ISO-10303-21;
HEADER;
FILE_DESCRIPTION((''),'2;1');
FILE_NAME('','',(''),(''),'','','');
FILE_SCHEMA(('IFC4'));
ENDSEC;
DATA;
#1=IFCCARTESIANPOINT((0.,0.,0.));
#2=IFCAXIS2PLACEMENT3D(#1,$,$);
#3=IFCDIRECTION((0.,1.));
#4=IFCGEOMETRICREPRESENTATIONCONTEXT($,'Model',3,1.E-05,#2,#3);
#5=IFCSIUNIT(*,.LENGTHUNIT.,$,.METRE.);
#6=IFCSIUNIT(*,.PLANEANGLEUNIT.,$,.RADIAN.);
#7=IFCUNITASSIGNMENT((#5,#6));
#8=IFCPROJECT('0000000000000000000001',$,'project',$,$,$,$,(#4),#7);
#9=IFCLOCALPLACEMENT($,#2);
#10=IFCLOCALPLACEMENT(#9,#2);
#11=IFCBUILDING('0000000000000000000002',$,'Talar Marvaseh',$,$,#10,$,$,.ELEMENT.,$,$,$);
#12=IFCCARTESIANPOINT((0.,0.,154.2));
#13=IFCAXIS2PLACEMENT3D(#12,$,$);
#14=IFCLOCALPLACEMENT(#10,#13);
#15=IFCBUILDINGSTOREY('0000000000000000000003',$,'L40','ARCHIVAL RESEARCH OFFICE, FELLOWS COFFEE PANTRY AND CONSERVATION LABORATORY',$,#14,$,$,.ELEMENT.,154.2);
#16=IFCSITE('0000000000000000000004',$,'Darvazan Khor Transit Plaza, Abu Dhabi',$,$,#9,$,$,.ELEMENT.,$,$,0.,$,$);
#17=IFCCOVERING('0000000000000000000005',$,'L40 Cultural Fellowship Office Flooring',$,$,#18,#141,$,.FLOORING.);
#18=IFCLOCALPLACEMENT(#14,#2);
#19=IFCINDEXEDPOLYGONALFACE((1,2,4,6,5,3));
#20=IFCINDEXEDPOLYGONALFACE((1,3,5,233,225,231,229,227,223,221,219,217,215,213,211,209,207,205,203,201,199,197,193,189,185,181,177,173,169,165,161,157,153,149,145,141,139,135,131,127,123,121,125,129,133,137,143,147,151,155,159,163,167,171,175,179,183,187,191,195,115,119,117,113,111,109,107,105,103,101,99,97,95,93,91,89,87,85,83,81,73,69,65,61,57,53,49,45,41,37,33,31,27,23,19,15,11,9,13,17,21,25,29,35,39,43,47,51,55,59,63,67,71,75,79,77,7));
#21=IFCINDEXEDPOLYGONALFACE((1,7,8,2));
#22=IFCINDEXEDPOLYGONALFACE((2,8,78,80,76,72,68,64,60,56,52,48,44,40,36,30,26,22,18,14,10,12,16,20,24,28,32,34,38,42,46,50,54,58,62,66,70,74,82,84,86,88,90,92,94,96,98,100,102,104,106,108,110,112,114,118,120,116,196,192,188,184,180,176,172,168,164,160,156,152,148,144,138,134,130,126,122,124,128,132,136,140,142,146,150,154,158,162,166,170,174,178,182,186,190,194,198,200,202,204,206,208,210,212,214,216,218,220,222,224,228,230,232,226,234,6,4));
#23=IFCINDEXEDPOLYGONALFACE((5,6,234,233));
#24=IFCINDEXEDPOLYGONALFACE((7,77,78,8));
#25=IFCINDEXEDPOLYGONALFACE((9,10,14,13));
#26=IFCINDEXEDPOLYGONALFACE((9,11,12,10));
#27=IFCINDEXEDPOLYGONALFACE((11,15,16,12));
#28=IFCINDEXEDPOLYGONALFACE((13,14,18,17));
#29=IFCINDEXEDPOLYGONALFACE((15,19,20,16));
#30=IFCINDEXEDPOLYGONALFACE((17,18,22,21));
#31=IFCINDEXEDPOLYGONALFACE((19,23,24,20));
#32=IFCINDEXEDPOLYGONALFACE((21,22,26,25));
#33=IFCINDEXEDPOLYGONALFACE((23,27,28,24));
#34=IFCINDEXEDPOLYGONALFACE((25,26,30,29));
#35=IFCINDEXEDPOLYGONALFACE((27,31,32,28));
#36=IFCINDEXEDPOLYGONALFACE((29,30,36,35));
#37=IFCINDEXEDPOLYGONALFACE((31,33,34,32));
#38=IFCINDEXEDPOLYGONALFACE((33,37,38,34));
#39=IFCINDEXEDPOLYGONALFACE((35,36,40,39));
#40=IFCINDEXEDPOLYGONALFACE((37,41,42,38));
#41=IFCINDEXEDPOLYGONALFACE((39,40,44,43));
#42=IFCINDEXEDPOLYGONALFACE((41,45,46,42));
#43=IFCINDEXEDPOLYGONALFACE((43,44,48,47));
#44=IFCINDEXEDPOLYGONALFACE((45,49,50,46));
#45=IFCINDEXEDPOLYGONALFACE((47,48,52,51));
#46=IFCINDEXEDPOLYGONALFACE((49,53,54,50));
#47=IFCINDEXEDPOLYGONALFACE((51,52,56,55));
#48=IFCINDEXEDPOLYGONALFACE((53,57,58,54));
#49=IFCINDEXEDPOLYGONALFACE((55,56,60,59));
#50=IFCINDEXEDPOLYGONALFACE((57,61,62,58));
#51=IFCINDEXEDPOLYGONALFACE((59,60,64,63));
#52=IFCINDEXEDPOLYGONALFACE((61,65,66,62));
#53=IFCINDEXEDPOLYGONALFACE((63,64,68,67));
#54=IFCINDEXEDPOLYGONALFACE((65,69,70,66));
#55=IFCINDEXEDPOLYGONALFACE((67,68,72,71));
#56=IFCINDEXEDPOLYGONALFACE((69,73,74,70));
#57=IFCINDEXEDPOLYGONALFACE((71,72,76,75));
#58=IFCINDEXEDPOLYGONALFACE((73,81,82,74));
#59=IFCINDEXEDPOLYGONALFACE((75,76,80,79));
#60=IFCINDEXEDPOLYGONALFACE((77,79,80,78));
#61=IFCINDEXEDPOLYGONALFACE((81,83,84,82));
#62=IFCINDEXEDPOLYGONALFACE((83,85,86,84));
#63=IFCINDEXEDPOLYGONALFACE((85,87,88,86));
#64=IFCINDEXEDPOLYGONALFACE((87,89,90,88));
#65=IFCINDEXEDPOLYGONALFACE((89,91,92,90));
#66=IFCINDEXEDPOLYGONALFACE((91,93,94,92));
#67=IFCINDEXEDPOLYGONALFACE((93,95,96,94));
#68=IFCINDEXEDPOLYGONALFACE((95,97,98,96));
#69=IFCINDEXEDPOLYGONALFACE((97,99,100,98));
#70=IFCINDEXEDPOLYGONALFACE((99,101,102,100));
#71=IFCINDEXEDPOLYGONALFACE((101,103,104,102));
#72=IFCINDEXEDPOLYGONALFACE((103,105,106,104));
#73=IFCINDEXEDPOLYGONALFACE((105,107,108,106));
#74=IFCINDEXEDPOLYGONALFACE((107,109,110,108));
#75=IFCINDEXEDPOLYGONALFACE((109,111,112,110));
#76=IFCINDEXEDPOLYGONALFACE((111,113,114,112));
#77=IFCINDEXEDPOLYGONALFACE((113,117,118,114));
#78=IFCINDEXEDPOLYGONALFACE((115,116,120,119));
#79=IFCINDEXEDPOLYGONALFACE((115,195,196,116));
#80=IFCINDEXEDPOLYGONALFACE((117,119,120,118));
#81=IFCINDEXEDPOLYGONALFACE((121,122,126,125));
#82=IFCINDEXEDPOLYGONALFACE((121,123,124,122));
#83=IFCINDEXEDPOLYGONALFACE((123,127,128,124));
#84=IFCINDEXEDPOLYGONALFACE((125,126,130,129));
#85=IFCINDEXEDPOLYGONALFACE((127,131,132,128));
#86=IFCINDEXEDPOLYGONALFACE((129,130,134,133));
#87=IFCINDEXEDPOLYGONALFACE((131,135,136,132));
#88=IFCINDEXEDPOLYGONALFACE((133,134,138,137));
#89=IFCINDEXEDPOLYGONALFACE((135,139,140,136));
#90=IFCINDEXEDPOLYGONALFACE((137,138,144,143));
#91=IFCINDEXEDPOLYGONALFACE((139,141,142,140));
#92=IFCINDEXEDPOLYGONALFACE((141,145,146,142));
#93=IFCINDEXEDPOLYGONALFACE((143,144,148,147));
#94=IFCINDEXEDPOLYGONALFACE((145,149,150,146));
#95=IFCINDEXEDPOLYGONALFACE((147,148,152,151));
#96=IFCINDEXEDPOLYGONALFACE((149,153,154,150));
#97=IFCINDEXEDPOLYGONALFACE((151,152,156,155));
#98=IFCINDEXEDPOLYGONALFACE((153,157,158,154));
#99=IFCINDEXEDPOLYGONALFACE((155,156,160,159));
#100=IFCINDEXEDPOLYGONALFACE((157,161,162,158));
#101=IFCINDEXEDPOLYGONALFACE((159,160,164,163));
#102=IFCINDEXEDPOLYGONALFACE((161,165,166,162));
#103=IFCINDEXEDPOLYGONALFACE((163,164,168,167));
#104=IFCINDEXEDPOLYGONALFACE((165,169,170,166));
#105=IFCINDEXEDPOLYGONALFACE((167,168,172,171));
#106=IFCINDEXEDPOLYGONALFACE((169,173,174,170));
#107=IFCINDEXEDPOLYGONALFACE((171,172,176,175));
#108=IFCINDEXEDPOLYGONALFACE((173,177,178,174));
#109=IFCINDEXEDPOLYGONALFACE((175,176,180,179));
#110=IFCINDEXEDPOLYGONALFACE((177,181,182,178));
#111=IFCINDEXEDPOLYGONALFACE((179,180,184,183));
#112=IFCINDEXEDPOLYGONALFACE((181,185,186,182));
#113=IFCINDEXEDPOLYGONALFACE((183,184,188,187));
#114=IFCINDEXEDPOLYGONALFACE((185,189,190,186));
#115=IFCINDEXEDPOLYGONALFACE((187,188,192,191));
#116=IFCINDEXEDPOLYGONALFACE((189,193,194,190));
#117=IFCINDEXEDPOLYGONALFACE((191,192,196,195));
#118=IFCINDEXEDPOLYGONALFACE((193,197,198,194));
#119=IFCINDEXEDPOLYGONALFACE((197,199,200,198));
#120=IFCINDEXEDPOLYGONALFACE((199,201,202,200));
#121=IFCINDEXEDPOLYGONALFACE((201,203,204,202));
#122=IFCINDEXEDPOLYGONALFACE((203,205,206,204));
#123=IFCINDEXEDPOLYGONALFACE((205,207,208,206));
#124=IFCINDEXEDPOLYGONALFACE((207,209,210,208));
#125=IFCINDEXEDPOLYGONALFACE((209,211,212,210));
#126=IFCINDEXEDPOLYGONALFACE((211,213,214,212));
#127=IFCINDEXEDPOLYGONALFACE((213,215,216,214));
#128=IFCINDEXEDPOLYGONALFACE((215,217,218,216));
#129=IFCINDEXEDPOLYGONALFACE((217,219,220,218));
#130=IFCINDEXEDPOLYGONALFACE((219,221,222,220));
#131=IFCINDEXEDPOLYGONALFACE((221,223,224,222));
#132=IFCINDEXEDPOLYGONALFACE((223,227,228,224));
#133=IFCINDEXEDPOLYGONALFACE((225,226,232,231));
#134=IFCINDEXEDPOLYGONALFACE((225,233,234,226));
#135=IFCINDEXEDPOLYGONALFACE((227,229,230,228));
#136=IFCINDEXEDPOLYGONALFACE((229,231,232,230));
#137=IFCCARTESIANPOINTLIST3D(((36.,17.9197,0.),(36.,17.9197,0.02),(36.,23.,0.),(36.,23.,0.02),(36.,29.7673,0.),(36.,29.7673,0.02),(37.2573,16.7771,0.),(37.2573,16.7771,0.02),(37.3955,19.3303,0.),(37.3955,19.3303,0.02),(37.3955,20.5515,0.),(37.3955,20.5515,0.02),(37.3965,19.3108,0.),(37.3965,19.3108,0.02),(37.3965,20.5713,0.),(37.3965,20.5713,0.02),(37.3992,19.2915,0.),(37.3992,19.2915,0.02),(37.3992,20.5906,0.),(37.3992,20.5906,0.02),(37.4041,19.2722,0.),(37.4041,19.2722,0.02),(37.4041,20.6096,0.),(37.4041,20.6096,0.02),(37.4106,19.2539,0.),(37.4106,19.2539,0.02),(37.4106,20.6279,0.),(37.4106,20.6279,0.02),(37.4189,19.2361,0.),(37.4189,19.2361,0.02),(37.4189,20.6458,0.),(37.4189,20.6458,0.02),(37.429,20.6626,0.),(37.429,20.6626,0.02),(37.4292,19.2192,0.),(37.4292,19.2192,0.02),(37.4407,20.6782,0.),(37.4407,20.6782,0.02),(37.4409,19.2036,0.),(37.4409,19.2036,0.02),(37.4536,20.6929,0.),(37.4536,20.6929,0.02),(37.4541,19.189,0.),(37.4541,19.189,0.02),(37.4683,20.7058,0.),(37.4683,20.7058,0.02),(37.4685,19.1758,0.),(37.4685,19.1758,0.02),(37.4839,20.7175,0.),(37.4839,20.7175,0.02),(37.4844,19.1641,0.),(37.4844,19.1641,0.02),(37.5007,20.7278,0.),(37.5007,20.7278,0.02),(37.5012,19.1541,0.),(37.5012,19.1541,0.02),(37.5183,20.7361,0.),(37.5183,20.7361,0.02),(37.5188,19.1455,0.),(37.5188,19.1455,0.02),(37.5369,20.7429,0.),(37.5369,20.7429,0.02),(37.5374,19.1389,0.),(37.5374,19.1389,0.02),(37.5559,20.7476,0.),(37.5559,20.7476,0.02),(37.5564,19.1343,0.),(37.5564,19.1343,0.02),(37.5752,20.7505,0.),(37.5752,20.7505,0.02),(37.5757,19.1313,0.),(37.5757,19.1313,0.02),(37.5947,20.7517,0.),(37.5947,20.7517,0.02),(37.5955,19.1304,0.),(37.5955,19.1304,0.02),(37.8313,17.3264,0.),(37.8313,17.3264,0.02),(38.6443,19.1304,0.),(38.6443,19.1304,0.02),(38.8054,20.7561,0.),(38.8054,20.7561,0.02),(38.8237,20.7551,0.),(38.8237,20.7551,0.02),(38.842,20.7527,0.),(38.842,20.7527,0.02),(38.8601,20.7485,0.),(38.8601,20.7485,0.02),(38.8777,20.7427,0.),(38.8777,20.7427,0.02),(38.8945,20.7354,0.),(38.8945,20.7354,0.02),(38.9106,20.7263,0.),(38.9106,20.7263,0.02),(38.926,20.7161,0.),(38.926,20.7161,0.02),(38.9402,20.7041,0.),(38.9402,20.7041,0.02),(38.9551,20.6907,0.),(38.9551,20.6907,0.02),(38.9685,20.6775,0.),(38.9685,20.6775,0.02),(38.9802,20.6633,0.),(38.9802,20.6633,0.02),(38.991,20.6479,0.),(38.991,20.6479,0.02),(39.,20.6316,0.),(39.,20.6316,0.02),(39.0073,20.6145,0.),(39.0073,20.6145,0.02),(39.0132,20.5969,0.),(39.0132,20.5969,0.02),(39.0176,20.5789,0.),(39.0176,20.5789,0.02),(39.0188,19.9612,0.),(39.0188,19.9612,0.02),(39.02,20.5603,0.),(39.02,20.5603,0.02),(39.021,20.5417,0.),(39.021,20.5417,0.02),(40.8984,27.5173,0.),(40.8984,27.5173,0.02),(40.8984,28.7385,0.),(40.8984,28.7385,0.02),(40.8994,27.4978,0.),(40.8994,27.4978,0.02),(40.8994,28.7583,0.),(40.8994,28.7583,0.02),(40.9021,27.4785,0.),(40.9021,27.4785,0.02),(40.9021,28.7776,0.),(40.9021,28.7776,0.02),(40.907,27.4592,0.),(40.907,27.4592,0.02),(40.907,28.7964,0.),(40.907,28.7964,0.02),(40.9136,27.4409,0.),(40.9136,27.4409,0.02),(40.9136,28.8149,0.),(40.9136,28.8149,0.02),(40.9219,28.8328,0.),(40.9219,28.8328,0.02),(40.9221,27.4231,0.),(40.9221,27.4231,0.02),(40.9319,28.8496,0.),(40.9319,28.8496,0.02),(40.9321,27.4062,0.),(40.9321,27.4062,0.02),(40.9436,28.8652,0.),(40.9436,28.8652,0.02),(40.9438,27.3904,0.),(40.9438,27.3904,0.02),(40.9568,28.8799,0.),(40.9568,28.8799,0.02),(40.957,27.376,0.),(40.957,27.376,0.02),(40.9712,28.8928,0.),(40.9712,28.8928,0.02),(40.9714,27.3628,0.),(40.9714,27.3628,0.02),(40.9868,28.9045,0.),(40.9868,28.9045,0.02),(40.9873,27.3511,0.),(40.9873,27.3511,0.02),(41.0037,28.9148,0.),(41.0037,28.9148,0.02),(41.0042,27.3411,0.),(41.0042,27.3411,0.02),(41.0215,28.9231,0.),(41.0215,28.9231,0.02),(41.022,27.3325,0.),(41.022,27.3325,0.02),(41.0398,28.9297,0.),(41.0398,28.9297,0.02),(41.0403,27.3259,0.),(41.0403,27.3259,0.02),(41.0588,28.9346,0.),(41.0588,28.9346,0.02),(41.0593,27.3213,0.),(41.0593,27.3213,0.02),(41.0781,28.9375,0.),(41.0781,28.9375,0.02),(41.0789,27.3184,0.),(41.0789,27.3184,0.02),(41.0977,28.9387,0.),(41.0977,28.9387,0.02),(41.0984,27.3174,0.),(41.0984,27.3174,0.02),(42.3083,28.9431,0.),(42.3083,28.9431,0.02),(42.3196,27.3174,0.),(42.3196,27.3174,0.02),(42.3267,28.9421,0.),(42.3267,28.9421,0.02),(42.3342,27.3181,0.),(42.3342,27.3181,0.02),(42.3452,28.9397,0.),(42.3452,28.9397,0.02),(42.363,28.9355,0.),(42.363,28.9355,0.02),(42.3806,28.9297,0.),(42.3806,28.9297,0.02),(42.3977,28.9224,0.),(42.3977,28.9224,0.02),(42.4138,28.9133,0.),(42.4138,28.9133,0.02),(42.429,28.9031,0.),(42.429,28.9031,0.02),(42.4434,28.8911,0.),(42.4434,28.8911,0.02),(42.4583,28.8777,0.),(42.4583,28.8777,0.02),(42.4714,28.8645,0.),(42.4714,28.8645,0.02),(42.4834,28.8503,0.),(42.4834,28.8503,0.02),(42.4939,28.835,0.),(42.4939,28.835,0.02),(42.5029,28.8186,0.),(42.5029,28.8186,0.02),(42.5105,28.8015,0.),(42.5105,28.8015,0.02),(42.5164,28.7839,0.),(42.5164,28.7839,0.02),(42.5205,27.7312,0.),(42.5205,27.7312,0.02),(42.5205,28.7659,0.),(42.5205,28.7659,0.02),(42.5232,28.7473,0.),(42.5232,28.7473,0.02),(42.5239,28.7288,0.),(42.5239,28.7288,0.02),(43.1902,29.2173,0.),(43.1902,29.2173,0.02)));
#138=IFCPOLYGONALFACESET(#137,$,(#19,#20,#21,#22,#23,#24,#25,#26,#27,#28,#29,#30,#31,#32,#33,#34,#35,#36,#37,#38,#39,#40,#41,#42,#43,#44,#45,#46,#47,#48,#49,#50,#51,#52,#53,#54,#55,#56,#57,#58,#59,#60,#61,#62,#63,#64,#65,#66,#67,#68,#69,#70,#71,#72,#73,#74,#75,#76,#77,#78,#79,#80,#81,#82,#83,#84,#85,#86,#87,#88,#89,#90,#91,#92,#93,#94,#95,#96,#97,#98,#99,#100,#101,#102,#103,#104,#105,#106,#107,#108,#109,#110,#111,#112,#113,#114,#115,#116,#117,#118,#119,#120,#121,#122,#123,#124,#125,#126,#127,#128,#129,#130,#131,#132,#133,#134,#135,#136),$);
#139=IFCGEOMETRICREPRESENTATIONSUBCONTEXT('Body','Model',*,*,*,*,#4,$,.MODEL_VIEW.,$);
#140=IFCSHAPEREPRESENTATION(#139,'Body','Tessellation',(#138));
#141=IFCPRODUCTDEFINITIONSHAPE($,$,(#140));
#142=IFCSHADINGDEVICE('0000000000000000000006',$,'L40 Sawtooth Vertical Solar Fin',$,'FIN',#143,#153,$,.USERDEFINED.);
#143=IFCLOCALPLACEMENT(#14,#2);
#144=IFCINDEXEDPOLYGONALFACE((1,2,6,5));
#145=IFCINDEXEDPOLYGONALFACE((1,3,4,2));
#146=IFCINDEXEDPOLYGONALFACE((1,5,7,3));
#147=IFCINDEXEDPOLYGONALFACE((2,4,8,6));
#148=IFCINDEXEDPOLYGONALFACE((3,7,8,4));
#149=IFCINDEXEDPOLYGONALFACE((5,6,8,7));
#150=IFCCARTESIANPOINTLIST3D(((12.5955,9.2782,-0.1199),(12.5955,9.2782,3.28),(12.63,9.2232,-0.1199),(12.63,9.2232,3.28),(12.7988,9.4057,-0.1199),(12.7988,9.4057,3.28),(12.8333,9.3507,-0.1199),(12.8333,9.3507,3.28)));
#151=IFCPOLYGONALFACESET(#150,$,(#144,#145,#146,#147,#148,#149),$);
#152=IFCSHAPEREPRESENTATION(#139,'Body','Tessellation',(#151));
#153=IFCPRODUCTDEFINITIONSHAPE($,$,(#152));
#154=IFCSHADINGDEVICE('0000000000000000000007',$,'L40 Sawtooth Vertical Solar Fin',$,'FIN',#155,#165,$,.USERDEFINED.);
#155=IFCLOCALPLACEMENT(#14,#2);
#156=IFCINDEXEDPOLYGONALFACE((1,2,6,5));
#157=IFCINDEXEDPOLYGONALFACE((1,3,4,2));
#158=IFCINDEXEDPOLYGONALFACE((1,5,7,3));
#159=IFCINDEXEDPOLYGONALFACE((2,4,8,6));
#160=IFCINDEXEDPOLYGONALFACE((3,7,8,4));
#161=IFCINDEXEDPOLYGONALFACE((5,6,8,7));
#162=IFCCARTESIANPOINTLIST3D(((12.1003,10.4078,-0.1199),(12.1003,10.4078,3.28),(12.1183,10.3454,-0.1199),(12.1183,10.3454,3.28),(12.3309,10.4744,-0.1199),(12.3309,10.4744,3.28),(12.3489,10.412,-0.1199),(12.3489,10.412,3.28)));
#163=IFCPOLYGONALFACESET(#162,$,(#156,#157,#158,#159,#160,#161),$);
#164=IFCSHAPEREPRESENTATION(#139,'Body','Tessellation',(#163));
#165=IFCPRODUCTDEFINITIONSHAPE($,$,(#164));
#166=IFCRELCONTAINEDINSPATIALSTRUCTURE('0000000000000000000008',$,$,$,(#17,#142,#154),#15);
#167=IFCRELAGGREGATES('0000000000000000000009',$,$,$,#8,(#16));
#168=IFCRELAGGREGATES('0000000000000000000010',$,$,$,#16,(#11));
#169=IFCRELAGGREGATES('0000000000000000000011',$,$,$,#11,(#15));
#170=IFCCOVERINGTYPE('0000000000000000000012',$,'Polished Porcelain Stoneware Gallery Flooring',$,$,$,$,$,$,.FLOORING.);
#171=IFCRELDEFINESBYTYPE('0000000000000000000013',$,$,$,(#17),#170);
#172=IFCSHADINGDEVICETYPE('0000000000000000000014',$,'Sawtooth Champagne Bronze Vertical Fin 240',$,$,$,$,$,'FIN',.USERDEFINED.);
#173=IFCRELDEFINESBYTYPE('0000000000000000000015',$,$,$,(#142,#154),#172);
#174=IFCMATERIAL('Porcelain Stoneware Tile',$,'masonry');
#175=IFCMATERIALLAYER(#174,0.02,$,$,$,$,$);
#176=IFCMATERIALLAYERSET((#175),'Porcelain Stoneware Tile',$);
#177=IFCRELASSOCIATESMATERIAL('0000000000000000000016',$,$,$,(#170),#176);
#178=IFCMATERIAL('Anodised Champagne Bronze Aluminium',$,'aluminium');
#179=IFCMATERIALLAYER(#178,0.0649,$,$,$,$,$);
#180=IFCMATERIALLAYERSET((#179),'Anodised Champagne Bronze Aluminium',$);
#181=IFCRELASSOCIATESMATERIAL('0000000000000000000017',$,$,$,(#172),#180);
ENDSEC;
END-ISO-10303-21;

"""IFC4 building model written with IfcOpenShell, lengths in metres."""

from ifc_helpers import new_model, si_unit, direction, frame, origin, origin_2d, place, context, subcontext, project, spatial, polyline, rectangle, outline, extrude, source, transform, mapped, material, layer, layer_set, type_object, type_shapes, element, save


model = new_model("IFC4")

# Units and contexts
model_context = context("Model", 3, precision=1e-05, world=origin(), true_north=direction((0.0, 1.0)))
body_context = subcontext(model_context, "Body", "Model", "MODEL_VIEW")
ifc_project = project(units=[si_unit("LENGTHUNIT", "METRE"), si_unit("PLANEANGLEUNIT", "RADIAN")], contexts=[model_context])

# Site, building, storey
site_placement = place(None, origin())
site = spatial("IfcSite", under=ifc_project, at=site_placement, Name="Darvazan Khor Transit Plaza, Abu Dhabi", CompositionType="ELEMENT", RefElevation=0.0)
building_placement = place(site_placement, origin())
building = spatial("IfcBuilding", under=site, at=building_placement, Name="Talar Marvaseh", CompositionType="ELEMENT")
storey_placement = place(building_placement, frame((0.0, 0.0, 154.2)))
storey = spatial("IfcBuildingStorey", under=building, at=storey_placement, Name="L40", Description="ARCHIVAL RESEARCH OFFICE, FELLOWS COFFEE PANTRY AND CONSERVATION LABORATORY", CompositionType="ELEMENT", Elevation=154.2)

# Covering
ifc_material_1 = material(Name="Porcelain Stoneware Tile", Category="masonry")
ifc_layer_1 = layer(ifc_material_1, 0.02)
ifc_layer_set_1 = layer_set([ifc_layer_1], Name="Porcelain Stoneware Tile")
covering_type_1 = type_object("IfcCoveringType", Name="Polished Porcelain Stoneware Gallery Flooring", PredefinedType="FLOORING", material=ifc_layer_set_1)
covering_1_placement = place(storey_placement, origin())
element("IfcCovering", 1, at=covering_1_placement, inside=storey, type_object=covering_type_1, Name="L40 Cultural Fellowship Office Flooring", PredefinedType="FLOORING", context=body_context, shape_type="SweptSolid", body=[
    extrude(outline(polyline([(36.0, 23.0), (36.0, 29.7673), (43.1902, 29.2173), (42.5205, 27.7312), (42.5239, 28.7288), (42.5232, 28.7473), (42.5205, 28.7659), (42.5164, 28.7839), (42.5105, 28.8015), (42.5029, 28.8186), (42.4939, 28.835), (42.4834, 28.8503), (42.4714, 28.8645), (42.4583, 28.8777), (42.4434, 28.8911), (42.429, 28.9031), (42.4138, 28.9133), (42.3977, 28.9224), (42.3806, 28.9297), (42.363, 28.9355), (42.3452, 28.9397), (42.3267, 28.9421), (42.3083, 28.9431), (41.0977, 28.9387), (41.0781, 28.9375), (41.0588, 28.9346), (41.0398, 28.9297), (41.0215, 28.9231), (41.0037, 28.9148), (40.9868, 28.9045), (40.9712, 28.8928), (40.9568, 28.8799), (40.9436, 28.8652), (40.9319, 28.8496), (40.9219, 28.8328), (40.9136, 28.8149), (40.907, 28.7964), (40.9021, 28.7776), (40.8994, 28.7583), (40.8984, 28.7385), (40.8984, 27.5173), (40.8994, 27.4978), (40.9021, 27.4785), (40.907, 27.4592), (40.9136, 27.4409), (40.9221, 27.4231), (40.9321, 27.4062), (40.9438, 27.3904), (40.957, 27.376), (40.9714, 27.3628), (40.9873, 27.3511), (41.0042, 27.3411), (41.022, 27.3325), (41.0403, 27.3259), (41.0593, 27.3213), (41.0789, 27.3184), (41.0984, 27.3174), (42.3196, 27.3174), (42.3342, 27.3181), (39.0188, 19.9612), (39.021, 20.5417), (39.02, 20.5603), (39.0176, 20.5789), (39.0132, 20.5969), (39.0073, 20.6145), (39.0, 20.6316), (38.991, 20.6479), (38.9802, 20.6633), (38.9685, 20.6775), (38.9551, 20.6907), (38.9402, 20.7041), (38.926, 20.7161), (38.9106, 20.7263), (38.8945, 20.7354), (38.8777, 20.7427), (38.8601, 20.7485), (38.842, 20.7527), (38.8237, 20.7551), (38.8054, 20.7561), (37.5947, 20.7517), (37.5752, 20.7505), (37.5559, 20.7476), (37.5369, 20.7429), (37.5183, 20.7361), (37.5007, 20.7278), (37.4839, 20.7175), (37.4683, 20.7058), (37.4536, 20.6929), (37.4407, 20.6782), (37.429, 20.6626), (37.4189, 20.6458), (37.4106, 20.6279), (37.4041, 20.6096), (37.3992, 20.5906), (37.3965, 20.5713), (37.3955, 20.5515), (37.3955, 19.3303), (37.3965, 19.3108), (37.3992, 19.2915), (37.4041, 19.2722), (37.4106, 19.2539), (37.4189, 19.2361), (37.4292, 19.2192), (37.4409, 19.2036), (37.4541, 19.189), (37.4685, 19.1758), (37.4844, 19.1641), (37.5012, 19.1541), (37.5188, 19.1455), (37.5374, 19.1389), (37.5564, 19.1343), (37.5757, 19.1313), (37.5955, 19.1304), (38.6443, 19.1304), (37.8313, 17.3264), (37.2573, 16.7771), (36.0, 17.9197), (36.0, 23.0)])), origin(), (0.0, 0.0, 1.0), 0.02),
])

# Shading devices
ifc_material_2 = material(Name="Anodised Champagne Bronze Aluminium", Category="aluminium")
ifc_layer_2 = layer(ifc_material_2, 0.0649)
ifc_layer_set_2 = layer_set([ifc_layer_2], Name="Anodised Champagne Bronze Aluminium")
shading_device_type_1 = type_object("IfcShadingDeviceType", Name="Sawtooth Champagne Bronze Vertical Fin 240", ElementType="FIN", PredefinedType="USERDEFINED", material=ifc_layer_set_2)
shared_shape_1 = source(origin(), body_context, "Body", "SweptSolid", [
    extrude(rectangle(XDim=0.24, YDim=0.0649, at=origin_2d()), origin(), (0.0, 0.0, 1.0), 3.3999),
])
type_shapes(shading_device_type_1, [shared_shape_1])
for number, where, z_axis, x_axis, name in (
    (2, (12.7144, 9.3145, -0.1199), (0.0, 0.0, 1.0), (-0.847122, -0.531399, 0.0), "L40 Sawtooth Vertical Solar Fin"),
    (3, (12.2246, 10.4099, -0.1199), (0.0, 0.0, 1.0), (-0.960779, -0.277315, 0.0), "L40 Sawtooth Vertical Solar Fin"),
):
    element("IfcShadingDevice", number, at=place(storey_placement, frame(where, z_axis=z_axis, x_axis=x_axis)), inside=storey, type_object=shading_device_type_1, Name=name, ObjectType="FIN", PredefinedType="USERDEFINED", context=body_context, shape_type="MappedRepresentation", body=[
        mapped(shared_shape_1, transform((0.0, 0.0, 0.0), x_axis=(1.0, 0.0, 0.0), y_axis=(0.0, 1.0, 0.0), z_axis=(0.0, 0.0, 1.0), scale=1.0)),
    ])

save(model, "model.ifc")
